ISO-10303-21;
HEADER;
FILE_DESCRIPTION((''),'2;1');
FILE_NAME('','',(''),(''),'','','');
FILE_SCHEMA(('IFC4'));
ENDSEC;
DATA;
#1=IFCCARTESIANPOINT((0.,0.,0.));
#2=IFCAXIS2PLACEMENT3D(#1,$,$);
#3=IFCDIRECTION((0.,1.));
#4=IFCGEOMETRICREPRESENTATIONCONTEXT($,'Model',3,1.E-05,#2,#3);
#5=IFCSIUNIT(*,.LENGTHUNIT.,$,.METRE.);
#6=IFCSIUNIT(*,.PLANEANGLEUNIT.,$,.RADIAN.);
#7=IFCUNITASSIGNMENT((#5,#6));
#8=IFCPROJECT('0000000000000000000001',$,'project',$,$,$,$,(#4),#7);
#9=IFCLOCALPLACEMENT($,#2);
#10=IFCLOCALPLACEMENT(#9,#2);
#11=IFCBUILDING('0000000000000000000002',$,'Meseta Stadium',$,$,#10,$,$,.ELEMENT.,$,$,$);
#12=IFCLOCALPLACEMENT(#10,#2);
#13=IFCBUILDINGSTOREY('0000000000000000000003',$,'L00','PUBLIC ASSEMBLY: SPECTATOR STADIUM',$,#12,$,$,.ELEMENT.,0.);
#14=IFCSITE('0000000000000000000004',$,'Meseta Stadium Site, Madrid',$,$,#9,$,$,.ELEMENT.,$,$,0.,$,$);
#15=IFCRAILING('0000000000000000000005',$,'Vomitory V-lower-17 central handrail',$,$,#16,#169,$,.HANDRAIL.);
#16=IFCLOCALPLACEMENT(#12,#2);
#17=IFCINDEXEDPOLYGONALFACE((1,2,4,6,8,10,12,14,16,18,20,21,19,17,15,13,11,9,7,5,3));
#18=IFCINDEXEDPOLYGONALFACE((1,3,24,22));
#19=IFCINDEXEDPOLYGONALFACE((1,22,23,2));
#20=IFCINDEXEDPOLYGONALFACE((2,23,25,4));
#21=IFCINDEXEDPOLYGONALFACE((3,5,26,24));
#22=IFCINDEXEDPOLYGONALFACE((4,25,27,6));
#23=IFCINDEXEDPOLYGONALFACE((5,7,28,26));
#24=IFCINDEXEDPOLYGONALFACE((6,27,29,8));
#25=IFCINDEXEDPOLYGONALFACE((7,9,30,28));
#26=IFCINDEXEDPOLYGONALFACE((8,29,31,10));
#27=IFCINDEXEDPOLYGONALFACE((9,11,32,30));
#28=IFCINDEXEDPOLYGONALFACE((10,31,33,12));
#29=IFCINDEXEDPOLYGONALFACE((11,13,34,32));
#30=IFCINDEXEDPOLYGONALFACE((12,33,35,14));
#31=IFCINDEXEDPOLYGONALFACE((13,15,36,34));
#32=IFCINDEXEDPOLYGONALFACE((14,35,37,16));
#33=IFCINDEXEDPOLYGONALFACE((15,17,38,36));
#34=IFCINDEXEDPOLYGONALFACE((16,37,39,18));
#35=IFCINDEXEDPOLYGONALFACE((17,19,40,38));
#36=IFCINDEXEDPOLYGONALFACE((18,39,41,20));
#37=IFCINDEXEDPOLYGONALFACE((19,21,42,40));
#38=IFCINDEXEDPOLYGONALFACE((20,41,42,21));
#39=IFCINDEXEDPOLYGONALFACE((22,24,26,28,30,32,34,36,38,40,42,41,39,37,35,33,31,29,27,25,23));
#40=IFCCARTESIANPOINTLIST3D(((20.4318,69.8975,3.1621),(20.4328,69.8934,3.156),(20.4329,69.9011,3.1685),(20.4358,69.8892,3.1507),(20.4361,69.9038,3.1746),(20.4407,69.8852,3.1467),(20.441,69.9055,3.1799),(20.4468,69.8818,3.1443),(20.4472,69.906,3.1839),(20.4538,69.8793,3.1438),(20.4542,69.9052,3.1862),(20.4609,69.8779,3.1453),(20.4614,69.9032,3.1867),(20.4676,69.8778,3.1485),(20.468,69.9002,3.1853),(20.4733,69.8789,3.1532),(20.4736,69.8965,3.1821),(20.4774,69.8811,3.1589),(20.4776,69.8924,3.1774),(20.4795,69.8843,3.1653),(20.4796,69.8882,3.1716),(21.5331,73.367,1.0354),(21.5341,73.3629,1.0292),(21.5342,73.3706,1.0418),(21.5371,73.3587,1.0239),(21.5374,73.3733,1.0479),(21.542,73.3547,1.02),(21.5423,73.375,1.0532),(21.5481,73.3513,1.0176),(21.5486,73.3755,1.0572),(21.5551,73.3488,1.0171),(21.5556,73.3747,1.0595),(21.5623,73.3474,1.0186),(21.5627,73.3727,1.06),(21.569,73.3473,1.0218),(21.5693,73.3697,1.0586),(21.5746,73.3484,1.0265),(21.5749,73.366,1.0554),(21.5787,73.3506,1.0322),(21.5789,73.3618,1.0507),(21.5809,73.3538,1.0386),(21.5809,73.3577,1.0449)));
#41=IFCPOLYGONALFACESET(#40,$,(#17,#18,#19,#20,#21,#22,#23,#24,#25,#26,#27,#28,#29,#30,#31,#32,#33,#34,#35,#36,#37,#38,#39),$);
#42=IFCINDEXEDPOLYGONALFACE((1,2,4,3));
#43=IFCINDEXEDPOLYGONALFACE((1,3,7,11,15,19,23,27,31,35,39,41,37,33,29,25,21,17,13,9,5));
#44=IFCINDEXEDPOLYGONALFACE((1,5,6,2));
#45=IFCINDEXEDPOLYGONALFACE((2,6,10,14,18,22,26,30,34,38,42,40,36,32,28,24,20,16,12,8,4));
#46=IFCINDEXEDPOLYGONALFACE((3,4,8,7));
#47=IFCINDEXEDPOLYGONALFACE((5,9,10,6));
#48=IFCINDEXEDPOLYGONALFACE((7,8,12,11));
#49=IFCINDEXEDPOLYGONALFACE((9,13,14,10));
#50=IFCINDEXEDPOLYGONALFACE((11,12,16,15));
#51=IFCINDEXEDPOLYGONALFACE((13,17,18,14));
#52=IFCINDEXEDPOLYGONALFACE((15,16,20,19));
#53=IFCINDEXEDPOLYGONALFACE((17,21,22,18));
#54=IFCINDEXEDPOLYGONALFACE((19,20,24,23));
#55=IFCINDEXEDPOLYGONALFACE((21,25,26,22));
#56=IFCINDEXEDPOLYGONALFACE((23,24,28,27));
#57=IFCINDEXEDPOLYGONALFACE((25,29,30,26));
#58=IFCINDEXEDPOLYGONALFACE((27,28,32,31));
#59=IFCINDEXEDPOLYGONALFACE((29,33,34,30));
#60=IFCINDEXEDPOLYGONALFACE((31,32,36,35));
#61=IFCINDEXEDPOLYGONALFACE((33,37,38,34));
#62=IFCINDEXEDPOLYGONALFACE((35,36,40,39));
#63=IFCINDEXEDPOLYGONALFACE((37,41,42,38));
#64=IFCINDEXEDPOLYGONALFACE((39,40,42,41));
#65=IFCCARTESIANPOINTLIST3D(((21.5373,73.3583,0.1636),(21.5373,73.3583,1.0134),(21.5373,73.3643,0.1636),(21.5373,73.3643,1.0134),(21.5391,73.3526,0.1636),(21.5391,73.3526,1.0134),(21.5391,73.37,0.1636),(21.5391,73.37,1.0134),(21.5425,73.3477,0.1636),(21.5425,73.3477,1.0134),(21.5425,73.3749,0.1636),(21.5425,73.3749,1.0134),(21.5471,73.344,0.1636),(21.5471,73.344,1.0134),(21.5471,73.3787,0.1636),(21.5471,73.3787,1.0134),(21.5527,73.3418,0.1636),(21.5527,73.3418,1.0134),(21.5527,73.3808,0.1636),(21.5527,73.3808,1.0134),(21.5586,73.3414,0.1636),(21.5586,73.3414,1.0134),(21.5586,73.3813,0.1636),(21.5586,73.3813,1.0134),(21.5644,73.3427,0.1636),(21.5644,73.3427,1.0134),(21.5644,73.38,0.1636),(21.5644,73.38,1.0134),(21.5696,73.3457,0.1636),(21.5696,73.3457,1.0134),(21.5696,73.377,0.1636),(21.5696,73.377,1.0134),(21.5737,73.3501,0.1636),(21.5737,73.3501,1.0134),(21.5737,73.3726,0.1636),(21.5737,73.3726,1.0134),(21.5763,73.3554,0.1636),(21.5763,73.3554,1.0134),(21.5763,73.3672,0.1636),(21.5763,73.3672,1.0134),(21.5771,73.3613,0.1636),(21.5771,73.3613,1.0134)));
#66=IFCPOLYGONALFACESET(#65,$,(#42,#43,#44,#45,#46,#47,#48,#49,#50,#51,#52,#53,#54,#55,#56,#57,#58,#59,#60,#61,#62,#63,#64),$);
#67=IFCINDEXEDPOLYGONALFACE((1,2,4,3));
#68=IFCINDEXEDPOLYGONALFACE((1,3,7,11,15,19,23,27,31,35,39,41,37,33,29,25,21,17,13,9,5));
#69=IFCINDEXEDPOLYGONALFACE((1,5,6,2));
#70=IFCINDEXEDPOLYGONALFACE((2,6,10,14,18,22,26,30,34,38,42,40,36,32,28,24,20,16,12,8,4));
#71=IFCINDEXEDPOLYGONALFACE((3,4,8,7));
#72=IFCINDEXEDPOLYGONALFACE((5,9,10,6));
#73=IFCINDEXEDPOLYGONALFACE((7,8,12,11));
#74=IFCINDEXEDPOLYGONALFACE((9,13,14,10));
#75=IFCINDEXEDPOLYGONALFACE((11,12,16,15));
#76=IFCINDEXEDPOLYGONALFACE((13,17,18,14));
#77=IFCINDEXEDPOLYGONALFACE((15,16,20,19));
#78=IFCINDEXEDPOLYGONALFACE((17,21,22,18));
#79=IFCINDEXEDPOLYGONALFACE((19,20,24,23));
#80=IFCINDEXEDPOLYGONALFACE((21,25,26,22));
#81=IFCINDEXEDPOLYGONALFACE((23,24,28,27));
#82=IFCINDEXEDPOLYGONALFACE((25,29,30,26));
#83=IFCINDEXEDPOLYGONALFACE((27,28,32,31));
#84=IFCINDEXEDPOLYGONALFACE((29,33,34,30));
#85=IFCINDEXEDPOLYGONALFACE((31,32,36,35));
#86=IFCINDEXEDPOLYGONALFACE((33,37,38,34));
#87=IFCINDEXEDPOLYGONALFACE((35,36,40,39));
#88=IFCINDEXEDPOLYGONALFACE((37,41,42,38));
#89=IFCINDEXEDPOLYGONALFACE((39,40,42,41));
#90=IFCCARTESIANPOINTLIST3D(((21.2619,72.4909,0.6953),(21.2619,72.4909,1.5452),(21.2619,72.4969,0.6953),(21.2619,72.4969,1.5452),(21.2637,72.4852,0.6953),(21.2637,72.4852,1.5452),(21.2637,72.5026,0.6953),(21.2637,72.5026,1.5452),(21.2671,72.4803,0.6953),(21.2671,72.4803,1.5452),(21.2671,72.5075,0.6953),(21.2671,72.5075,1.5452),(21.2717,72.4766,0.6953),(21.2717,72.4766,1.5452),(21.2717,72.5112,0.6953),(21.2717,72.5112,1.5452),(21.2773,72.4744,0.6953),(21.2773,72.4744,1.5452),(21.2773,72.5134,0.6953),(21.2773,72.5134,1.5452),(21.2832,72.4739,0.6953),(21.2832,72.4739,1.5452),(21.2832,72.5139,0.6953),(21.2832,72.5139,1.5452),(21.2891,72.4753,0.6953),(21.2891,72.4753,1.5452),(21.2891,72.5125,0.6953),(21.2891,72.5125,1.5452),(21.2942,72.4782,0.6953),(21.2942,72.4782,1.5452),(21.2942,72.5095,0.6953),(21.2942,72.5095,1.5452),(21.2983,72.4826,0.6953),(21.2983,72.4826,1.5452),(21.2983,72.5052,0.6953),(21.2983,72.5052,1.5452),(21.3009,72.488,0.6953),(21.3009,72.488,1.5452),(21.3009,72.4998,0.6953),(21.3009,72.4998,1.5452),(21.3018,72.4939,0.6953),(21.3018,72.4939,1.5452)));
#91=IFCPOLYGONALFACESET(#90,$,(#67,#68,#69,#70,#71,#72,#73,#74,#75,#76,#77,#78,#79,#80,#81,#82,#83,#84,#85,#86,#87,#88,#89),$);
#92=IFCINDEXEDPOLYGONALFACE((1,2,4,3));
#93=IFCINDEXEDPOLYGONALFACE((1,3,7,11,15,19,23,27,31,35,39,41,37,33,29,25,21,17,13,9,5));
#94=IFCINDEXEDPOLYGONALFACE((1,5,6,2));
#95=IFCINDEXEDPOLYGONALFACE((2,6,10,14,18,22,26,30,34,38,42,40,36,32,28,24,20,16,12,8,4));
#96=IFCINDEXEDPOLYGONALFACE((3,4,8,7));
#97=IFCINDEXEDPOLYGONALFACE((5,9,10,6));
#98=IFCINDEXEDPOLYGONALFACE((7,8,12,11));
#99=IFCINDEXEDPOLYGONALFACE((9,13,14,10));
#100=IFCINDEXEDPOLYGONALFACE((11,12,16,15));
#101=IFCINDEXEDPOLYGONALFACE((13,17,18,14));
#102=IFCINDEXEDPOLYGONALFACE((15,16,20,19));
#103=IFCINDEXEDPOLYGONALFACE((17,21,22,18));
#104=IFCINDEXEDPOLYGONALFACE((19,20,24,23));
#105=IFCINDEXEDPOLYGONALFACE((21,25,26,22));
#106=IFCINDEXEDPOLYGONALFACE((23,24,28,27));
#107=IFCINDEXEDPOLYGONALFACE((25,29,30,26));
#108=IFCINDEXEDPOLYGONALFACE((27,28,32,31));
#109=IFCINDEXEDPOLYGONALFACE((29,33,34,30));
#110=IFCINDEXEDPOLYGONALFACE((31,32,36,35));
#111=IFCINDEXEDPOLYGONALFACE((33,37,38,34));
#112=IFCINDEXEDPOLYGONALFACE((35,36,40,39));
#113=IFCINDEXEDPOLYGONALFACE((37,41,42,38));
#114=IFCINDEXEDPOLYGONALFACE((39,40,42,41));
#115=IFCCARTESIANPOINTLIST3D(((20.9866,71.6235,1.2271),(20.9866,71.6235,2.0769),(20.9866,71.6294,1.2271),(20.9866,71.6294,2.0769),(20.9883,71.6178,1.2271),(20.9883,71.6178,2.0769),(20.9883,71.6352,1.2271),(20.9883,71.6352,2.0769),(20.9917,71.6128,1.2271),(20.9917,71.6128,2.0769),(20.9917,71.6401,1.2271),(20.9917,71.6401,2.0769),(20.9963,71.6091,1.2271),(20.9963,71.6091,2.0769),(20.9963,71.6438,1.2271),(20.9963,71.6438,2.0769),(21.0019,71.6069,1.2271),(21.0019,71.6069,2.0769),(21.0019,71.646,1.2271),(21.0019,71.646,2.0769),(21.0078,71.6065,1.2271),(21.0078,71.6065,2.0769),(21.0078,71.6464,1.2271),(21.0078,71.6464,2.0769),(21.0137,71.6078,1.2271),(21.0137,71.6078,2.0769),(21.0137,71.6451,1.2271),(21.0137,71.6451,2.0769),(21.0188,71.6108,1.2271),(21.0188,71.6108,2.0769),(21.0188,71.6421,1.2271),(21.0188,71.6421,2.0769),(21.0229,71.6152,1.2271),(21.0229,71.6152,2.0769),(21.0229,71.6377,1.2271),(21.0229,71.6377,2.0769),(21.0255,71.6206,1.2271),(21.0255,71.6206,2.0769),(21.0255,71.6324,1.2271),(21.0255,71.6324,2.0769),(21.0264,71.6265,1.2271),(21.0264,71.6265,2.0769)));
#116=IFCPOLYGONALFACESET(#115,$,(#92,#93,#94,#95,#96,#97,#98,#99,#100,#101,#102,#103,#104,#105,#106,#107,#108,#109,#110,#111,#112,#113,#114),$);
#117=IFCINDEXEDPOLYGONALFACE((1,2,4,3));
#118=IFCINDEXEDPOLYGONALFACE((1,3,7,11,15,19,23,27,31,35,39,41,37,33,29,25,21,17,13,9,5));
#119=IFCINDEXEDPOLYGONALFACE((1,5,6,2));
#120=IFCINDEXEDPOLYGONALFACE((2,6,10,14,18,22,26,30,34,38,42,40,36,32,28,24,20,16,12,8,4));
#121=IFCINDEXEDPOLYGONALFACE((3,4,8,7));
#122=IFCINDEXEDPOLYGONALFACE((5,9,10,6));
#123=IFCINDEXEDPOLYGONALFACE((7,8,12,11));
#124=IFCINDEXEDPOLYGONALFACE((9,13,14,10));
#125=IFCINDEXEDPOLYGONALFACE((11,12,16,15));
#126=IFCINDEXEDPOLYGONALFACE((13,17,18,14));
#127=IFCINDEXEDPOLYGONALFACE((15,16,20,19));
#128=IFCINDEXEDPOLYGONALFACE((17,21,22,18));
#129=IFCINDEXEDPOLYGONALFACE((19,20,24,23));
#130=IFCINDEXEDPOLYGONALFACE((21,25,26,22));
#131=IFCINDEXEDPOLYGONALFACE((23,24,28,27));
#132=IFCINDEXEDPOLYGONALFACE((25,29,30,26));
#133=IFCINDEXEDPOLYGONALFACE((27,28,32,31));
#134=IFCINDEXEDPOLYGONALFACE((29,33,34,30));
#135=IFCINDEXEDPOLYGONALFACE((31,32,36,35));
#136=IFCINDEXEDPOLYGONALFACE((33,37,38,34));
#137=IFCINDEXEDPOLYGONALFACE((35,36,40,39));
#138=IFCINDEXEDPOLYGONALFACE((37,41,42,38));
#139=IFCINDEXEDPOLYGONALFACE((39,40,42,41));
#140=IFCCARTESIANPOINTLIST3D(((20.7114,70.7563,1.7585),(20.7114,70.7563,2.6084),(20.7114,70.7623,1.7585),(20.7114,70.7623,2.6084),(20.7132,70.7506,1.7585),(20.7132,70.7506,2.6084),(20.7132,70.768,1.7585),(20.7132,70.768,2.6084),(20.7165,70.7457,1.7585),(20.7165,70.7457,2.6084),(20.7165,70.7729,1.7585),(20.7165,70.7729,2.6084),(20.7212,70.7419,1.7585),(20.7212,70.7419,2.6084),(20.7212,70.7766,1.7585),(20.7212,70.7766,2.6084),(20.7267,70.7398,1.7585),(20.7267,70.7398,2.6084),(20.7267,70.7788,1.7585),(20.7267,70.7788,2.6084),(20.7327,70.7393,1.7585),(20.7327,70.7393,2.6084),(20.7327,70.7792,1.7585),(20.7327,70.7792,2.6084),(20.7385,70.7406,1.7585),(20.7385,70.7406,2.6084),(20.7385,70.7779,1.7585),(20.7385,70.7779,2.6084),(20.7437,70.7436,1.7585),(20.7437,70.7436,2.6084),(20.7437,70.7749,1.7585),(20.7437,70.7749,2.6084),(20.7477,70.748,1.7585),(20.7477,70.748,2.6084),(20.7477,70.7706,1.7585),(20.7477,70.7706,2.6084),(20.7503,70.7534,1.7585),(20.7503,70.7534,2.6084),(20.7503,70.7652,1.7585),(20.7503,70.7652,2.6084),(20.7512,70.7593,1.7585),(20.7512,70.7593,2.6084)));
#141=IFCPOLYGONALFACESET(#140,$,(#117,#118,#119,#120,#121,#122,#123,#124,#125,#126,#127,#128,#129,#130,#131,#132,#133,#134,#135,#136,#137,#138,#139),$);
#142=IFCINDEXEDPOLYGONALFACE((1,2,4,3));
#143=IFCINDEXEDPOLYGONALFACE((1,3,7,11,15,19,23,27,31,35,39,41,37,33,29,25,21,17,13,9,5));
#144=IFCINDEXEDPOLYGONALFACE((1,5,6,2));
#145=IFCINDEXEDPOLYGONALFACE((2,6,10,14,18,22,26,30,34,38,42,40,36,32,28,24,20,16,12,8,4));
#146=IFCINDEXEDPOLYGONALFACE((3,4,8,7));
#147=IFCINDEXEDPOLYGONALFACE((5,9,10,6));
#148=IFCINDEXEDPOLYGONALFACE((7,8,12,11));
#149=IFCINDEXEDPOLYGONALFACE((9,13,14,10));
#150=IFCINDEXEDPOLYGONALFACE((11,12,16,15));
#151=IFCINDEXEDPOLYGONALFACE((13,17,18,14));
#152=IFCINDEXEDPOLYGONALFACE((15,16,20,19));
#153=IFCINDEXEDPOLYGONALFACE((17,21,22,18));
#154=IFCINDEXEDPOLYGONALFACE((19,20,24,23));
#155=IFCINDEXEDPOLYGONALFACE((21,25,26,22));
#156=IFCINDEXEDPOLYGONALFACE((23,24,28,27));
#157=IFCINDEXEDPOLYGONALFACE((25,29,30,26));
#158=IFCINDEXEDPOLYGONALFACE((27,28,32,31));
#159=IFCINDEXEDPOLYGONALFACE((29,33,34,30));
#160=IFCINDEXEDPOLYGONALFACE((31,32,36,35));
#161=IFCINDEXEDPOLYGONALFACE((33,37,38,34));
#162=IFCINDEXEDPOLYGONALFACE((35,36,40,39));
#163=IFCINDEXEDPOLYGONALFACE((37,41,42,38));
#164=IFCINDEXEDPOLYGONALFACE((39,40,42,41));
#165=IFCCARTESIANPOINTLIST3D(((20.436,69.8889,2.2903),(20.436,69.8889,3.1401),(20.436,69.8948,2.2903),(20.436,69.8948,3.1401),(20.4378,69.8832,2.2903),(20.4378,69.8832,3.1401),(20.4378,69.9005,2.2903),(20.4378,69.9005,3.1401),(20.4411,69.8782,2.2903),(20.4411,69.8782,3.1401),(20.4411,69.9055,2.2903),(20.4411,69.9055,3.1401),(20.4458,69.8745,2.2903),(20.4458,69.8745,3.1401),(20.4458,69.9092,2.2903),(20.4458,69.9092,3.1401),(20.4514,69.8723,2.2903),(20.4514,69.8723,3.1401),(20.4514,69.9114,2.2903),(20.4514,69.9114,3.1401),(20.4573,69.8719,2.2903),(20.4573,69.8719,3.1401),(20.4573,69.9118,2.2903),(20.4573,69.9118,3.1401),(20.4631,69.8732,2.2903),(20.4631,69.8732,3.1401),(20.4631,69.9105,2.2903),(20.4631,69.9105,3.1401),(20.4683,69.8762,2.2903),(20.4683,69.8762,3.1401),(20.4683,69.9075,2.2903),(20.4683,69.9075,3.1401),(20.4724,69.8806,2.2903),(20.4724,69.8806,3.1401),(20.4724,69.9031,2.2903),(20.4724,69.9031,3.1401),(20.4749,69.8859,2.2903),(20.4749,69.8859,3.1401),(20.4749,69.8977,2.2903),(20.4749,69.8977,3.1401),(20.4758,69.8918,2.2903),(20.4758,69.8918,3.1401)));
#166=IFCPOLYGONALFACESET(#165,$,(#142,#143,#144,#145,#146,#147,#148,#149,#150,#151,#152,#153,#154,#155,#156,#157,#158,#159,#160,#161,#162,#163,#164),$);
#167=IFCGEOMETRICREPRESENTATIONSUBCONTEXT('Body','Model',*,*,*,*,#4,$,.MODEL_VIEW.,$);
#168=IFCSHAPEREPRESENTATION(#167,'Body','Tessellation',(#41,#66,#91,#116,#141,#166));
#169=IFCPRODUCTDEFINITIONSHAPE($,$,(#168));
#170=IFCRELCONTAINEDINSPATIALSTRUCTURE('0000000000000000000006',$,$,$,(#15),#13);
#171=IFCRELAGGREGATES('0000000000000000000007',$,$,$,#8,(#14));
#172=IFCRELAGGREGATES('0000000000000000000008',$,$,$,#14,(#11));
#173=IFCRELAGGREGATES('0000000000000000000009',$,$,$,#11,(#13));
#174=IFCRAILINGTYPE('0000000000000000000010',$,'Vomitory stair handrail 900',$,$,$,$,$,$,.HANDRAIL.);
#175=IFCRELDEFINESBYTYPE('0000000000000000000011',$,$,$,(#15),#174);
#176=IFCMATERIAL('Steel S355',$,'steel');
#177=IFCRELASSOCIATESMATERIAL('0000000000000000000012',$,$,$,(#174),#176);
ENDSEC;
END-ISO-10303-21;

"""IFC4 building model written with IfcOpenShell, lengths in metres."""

from ifc_helpers import new_model, si_unit, direction, frame, origin, origin_2d, place, context, subcontext, project, spatial, circle, extrude, material, type_object, element, save


model = new_model("IFC4")

# Units and contexts
model_context = context("Model", 3, precision=1e-05, world=origin(), true_north=direction((0.0, 1.0)))
body_context = subcontext(model_context, "Body", "Model", "MODEL_VIEW")
ifc_project = project(units=[si_unit("LENGTHUNIT", "METRE"), si_unit("PLANEANGLEUNIT", "RADIAN")], contexts=[model_context])

# Site, building, storey
site_placement = place(None, origin())
site = spatial("IfcSite", under=ifc_project, at=site_placement, Name="Meseta Stadium Site, Madrid", CompositionType="ELEMENT", RefElevation=0.0)
building_placement = place(site_placement, origin())
building = spatial("IfcBuilding", under=site, at=building_placement, Name="Meseta Stadium", CompositionType="ELEMENT")
storey_placement = place(building_placement, origin())
storey = spatial("IfcBuildingStorey", under=building, at=storey_placement, Name="L00", Description="PUBLIC ASSEMBLY: SPECTATOR STADIUM", CompositionType="ELEMENT", Elevation=0.0)

# Railing
ifc_material_1 = material(Name="Steel S355", Category="steel")
railing_type_1 = type_object("IfcRailingType", Name="Vomitory stair handrail 900", PredefinedType="HANDRAIL", material=ifc_material_1)
railing_1_placement = place(storey_placement, frame((21.5571, 73.3613, 0.1636)))
element("IfcRailing", 1, at=railing_1_placement, inside=storey, type_object=railing_type_1, Name="Vomitory V-lower-17 central handrail", PredefinedType="HANDRAIL", context=body_context, shape_type="SweptSolid", body=[
    extrude(circle(Radius=0.0249, at=origin_2d()), frame((0.0, 0.0, 0.875), z_axis=(-0.261235, -0.822968, 0.50446), x_axis=(0.953133, -0.302553, 0.0)), (0.0, 0.0, 1.0), 4.2158),
    extrude(circle(Radius=0.02, at=origin_2d()), origin(), (0.0, 0.0, 1.0), 0.8499),
    extrude(circle(Radius=0.02, at=origin_2d()), frame((-0.2754, -0.8674, 0.5317)), (0.0, 0.0, 1.0), 0.8499),
    extrude(circle(Radius=0.02, at=origin_2d()), frame((-0.5508, -1.7349, 1.0635)), (0.0, 0.0, 1.0), 0.8499),
    extrude(circle(Radius=0.02, at=origin_2d()), frame((-0.8259, -2.6021, 1.595)), (0.0, 0.0, 1.0), 0.8499),
    extrude(circle(Radius=0.02, at=origin_2d()), frame((-1.1013, -3.4695, 2.1267)), (0.0, 0.0, 1.0), 0.8499),
])

save(model, "model.ifc")
